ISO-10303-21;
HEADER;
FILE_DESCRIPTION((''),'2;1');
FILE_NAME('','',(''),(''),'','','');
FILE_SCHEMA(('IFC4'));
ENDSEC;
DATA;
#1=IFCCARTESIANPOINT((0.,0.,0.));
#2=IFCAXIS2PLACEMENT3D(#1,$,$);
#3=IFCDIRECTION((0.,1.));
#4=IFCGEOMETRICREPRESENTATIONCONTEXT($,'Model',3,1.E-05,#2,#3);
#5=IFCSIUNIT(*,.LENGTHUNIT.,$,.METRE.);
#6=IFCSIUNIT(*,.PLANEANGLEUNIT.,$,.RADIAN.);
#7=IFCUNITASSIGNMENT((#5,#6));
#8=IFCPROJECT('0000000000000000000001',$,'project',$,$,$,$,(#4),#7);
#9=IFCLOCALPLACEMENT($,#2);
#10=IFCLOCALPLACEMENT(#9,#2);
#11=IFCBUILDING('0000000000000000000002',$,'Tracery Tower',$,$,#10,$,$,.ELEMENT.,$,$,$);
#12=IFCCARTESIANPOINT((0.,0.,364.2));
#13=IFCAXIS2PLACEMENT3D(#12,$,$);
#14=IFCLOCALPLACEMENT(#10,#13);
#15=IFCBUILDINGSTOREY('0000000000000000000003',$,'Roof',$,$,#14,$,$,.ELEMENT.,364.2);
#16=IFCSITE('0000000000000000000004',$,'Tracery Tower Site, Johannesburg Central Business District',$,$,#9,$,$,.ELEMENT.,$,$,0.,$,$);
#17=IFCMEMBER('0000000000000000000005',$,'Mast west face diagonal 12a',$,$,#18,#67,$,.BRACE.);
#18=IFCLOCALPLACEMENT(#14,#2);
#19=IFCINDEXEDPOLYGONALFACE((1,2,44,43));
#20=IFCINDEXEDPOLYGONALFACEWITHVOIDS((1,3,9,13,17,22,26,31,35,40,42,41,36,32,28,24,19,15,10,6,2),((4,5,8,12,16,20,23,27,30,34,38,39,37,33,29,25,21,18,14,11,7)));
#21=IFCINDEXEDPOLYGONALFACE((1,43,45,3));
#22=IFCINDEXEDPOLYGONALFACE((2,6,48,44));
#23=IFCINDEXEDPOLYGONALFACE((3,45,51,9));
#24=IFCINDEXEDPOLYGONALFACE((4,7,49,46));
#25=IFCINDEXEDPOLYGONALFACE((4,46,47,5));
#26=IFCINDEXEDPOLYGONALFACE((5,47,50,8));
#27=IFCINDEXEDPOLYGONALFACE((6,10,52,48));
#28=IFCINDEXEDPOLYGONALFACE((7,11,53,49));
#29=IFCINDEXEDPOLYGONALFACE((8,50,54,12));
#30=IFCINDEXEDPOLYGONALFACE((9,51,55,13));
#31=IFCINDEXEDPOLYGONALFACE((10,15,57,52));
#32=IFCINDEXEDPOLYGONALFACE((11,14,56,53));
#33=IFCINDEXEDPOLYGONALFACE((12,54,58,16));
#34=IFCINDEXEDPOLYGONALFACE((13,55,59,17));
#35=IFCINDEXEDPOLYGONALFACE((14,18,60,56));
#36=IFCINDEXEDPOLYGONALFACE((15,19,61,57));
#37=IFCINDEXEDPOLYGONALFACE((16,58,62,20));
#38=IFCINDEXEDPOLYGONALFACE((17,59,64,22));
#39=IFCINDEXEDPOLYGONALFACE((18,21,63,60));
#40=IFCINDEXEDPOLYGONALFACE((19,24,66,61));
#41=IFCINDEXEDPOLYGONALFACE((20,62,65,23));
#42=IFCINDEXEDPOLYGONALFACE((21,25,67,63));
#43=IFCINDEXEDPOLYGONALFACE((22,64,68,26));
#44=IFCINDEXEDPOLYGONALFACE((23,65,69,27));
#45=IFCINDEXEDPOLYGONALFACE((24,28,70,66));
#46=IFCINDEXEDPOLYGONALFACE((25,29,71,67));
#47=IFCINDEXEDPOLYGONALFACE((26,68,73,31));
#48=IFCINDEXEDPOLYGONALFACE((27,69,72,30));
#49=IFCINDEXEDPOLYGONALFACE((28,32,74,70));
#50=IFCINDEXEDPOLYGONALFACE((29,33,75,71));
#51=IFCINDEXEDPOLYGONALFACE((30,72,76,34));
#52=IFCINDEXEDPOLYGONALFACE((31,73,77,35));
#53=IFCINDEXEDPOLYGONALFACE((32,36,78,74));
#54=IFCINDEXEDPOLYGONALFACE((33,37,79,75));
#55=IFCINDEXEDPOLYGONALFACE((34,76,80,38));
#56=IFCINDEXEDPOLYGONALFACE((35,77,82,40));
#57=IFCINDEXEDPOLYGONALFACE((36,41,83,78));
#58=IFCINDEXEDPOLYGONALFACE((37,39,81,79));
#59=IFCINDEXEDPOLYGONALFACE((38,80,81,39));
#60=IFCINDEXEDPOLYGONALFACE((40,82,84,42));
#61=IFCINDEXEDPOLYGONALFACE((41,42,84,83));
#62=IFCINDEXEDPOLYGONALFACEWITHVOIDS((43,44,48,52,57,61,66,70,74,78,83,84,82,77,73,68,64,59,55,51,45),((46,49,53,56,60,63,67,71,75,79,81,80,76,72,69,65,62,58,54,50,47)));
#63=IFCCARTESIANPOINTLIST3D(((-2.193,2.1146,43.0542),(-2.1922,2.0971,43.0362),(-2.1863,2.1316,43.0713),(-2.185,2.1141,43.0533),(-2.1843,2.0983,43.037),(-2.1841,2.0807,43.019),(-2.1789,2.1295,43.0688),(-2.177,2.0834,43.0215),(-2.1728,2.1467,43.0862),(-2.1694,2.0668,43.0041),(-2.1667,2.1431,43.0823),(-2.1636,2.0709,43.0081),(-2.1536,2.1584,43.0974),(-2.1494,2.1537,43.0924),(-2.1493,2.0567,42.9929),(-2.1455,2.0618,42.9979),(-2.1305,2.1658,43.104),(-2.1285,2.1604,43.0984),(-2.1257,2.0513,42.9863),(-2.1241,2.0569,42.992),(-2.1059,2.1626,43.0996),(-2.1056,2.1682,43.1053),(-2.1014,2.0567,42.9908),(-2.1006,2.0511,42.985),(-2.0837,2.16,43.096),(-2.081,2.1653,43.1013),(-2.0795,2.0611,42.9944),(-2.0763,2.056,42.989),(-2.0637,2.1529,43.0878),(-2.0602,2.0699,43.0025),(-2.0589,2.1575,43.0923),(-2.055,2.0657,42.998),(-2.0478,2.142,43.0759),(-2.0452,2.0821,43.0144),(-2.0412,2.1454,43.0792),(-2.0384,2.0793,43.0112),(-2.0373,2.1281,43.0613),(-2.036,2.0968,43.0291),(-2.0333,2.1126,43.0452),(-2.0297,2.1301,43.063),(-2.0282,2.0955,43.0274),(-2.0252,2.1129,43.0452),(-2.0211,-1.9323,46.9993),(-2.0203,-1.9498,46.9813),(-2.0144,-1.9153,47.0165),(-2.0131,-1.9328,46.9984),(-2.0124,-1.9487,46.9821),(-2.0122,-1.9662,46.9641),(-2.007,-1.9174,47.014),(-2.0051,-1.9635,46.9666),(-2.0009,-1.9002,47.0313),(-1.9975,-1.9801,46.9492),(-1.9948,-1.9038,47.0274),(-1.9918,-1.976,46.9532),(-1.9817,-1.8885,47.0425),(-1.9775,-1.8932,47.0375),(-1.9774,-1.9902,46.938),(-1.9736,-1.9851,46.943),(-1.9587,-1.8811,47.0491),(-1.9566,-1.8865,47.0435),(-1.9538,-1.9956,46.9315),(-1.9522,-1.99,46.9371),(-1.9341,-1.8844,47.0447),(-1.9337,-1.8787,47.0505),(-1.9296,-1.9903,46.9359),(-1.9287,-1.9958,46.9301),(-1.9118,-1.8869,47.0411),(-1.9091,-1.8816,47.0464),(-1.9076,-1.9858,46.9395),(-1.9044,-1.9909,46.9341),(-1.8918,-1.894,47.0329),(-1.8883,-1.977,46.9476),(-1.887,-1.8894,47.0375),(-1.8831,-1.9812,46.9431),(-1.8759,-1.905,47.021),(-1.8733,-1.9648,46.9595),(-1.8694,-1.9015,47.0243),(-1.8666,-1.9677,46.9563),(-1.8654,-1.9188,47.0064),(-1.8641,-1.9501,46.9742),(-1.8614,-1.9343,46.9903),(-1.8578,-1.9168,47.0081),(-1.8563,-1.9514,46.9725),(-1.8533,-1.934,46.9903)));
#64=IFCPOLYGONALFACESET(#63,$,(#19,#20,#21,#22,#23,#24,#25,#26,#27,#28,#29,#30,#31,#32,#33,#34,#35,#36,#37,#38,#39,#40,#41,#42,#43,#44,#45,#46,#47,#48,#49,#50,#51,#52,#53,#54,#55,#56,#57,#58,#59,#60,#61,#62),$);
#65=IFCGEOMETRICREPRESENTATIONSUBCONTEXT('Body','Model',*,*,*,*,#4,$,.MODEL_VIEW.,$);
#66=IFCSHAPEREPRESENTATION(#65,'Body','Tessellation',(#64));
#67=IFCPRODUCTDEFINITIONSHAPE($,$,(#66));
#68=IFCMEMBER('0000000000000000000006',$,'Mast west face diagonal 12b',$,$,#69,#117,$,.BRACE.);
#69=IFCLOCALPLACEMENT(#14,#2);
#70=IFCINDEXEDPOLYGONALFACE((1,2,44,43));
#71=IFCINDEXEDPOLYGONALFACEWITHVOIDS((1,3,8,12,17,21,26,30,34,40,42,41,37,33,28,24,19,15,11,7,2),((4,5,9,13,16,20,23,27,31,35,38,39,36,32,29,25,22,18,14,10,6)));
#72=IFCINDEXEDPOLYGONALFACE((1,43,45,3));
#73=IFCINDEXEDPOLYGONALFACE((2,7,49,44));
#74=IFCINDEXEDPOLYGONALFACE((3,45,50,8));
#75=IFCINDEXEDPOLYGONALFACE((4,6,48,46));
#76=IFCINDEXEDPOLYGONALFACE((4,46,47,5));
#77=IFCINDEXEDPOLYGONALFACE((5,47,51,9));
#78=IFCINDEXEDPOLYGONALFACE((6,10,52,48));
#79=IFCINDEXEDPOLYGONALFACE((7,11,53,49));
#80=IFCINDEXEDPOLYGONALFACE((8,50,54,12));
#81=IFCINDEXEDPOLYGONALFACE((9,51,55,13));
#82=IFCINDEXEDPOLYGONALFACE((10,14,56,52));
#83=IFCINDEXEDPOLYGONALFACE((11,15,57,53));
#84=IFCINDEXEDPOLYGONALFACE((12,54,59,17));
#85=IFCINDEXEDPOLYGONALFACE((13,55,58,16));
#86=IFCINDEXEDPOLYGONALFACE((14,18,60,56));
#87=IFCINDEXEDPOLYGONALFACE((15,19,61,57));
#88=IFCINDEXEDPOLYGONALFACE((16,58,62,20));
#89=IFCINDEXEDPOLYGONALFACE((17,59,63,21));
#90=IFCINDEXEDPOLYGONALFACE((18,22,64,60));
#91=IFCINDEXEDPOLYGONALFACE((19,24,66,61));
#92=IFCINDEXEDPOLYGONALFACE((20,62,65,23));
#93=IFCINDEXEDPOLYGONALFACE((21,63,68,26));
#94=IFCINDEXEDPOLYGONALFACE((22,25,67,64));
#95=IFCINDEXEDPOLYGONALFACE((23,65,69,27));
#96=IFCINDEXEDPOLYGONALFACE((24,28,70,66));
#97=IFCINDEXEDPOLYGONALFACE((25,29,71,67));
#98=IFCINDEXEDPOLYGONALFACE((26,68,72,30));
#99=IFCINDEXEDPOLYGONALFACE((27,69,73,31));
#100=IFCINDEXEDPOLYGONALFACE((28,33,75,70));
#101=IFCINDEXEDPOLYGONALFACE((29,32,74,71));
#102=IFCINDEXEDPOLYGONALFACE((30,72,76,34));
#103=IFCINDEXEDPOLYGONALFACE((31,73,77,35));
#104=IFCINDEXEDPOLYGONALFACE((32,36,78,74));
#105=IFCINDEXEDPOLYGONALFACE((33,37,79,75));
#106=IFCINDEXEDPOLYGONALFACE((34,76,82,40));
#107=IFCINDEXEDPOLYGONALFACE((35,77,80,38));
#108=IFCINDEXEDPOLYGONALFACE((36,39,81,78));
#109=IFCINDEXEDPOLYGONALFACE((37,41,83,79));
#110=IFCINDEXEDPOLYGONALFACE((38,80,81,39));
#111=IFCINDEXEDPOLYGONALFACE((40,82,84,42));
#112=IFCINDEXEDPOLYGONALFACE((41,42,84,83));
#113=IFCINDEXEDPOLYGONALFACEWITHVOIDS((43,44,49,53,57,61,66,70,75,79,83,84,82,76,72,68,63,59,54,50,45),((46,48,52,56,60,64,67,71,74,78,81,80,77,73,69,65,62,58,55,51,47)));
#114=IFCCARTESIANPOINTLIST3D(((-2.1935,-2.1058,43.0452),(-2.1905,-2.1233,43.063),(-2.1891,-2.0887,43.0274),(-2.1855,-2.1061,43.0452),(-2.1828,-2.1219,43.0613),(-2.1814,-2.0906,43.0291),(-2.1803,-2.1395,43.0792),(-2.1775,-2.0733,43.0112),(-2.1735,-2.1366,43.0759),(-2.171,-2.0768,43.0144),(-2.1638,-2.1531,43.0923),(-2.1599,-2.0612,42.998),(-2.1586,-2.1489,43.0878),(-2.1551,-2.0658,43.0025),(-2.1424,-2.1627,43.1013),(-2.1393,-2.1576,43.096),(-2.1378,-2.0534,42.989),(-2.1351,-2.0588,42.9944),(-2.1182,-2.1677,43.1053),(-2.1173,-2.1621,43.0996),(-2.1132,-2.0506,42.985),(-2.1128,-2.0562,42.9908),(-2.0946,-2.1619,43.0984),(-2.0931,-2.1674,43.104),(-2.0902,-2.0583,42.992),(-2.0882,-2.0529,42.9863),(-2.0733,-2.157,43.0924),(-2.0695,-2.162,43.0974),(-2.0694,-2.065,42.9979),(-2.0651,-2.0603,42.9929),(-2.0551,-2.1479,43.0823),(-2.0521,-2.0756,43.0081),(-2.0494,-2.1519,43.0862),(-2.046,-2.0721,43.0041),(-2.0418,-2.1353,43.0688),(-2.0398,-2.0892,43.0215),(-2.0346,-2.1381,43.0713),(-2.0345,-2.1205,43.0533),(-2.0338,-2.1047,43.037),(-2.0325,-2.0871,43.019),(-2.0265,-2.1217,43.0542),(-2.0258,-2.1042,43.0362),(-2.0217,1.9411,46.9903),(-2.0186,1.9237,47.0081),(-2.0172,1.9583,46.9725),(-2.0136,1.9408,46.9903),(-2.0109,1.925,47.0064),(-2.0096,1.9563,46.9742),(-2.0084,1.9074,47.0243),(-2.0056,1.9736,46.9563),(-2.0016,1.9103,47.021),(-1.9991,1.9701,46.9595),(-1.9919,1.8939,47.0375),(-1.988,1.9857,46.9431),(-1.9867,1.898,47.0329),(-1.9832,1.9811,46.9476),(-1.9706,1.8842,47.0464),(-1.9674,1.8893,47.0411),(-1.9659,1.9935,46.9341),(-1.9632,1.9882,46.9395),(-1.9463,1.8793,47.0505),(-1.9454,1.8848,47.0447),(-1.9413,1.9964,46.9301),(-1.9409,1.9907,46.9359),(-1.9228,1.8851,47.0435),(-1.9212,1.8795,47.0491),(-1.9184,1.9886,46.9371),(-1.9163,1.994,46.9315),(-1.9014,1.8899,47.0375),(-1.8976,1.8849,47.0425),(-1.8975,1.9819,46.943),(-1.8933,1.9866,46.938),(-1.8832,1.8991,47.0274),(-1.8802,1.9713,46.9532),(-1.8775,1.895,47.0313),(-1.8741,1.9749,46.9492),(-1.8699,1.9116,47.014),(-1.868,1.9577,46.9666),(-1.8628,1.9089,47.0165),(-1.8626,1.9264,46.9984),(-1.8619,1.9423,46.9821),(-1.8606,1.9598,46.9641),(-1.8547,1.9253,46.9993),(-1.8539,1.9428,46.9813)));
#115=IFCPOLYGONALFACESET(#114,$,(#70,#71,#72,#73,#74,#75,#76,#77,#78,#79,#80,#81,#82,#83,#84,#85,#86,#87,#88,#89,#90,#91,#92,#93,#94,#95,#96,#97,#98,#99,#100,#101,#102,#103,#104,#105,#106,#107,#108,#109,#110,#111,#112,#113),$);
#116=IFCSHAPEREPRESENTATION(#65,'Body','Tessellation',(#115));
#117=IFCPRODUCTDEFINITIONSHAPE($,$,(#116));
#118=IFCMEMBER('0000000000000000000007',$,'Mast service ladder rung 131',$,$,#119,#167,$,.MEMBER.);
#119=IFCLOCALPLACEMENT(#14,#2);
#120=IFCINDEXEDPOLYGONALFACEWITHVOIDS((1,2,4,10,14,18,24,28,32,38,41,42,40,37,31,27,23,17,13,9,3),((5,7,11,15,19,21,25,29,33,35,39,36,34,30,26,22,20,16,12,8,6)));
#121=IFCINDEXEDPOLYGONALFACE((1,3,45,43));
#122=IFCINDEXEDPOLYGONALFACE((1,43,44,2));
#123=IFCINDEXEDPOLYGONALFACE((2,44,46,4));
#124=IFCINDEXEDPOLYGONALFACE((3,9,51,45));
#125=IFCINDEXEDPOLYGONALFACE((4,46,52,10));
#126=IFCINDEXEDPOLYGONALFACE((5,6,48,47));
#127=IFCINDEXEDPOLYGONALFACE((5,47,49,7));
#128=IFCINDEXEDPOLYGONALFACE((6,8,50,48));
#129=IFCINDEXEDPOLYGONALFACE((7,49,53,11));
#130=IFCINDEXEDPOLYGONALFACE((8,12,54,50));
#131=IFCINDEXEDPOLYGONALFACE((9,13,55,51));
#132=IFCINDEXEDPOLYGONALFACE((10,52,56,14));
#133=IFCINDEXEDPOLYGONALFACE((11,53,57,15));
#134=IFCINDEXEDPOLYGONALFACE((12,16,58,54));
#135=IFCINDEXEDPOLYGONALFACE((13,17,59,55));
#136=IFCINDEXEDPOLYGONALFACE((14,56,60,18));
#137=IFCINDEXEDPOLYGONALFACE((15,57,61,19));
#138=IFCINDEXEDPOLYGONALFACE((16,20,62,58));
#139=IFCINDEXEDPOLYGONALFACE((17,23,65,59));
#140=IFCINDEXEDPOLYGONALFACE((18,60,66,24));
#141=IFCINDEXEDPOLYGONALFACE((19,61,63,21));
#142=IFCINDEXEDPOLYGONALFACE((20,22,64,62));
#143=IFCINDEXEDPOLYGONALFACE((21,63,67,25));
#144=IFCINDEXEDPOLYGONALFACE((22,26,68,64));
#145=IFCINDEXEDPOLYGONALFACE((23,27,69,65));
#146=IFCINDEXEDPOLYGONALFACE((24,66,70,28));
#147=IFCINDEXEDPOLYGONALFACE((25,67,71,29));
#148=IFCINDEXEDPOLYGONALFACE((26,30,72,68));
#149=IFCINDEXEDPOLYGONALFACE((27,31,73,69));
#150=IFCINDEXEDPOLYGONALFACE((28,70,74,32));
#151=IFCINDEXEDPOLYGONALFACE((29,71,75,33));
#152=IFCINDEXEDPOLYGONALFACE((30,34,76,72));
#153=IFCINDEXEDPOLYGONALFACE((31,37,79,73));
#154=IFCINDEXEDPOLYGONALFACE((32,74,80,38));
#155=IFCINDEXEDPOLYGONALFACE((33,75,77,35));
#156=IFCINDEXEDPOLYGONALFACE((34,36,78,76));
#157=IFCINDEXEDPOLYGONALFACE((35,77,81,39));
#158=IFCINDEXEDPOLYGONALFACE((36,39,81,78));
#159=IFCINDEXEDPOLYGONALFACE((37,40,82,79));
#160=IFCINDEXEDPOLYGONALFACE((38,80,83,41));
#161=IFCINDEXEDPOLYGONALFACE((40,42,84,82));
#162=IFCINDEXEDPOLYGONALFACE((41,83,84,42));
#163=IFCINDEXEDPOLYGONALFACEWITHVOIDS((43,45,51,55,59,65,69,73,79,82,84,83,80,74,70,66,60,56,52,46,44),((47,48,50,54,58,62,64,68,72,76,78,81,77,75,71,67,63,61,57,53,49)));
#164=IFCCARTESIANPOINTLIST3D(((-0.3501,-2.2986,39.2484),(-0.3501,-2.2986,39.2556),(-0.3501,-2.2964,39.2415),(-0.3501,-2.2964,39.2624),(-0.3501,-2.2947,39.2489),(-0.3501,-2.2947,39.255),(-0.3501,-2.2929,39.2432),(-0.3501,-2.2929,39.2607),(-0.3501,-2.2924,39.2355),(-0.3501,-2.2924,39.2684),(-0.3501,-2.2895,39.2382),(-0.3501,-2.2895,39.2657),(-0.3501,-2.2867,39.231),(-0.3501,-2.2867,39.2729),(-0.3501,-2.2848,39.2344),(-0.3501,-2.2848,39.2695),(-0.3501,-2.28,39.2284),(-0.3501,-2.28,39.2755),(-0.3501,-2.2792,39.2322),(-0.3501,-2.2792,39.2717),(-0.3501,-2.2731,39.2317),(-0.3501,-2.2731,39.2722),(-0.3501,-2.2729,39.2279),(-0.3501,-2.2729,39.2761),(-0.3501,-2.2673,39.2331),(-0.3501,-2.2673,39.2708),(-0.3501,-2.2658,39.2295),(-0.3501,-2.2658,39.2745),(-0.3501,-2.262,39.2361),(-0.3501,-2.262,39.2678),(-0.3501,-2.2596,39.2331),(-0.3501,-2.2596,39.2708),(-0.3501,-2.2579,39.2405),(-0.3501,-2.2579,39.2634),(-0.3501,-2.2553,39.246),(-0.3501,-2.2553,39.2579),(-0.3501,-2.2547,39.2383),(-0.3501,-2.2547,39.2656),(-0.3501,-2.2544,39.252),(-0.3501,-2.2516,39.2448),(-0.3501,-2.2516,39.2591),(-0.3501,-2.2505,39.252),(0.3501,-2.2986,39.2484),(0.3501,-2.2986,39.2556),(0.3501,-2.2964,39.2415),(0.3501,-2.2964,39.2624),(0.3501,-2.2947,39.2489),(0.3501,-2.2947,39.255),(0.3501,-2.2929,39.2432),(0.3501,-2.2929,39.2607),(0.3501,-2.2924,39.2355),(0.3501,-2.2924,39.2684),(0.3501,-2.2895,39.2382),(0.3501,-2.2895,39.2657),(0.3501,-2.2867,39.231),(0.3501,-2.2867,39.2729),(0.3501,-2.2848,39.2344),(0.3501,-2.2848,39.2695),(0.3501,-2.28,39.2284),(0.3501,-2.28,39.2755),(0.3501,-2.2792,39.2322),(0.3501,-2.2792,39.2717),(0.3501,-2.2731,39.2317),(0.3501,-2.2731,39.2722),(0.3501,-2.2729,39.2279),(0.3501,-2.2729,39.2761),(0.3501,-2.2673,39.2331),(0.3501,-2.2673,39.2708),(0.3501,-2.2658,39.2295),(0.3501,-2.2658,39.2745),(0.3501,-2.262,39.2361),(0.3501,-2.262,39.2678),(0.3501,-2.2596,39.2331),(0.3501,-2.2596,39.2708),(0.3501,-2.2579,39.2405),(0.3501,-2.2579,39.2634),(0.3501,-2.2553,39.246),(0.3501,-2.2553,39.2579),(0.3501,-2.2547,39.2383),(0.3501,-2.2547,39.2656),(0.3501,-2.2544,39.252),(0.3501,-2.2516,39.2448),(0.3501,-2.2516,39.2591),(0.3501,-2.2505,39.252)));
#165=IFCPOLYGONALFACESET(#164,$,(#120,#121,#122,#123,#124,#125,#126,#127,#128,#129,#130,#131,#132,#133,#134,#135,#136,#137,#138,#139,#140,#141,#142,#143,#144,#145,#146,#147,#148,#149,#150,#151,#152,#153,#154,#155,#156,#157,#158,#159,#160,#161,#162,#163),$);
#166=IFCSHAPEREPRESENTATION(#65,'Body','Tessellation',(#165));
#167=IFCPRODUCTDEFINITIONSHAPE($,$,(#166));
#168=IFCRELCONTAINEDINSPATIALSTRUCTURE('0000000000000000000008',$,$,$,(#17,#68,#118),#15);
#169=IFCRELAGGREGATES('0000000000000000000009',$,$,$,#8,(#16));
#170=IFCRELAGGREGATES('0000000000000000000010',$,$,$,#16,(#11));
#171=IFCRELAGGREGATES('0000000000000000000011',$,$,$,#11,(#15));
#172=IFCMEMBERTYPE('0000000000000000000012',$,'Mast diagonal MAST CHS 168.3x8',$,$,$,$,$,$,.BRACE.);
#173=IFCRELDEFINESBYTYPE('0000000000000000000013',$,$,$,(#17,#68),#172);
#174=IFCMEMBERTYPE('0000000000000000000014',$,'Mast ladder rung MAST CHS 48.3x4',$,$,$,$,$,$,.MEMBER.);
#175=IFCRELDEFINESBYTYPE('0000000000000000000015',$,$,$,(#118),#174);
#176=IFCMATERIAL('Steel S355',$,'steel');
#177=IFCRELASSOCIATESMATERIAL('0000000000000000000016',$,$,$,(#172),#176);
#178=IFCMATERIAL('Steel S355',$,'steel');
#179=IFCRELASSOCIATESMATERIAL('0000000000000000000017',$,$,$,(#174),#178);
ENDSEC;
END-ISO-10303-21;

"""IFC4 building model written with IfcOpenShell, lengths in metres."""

from ifc_helpers import new_model, si_unit, direction, frame, origin, origin_2d, place, context, subcontext, project, spatial, hollow_circle, extrude, material, material_profile, profile_set, type_object, element, save


model = new_model("IFC4")

# Units and contexts
model_context = context("Model", 3, precision=1e-05, world=origin(), true_north=direction((0.0, 1.0)))
body_context = subcontext(model_context, "Body", "Model", "MODEL_VIEW")
ifc_project = project(units=[si_unit("LENGTHUNIT", "METRE"), si_unit("PLANEANGLEUNIT", "RADIAN")], contexts=[model_context])

# Site, building, storey
site_placement = place(None, origin())
site = spatial("IfcSite", under=ifc_project, at=site_placement, Name="Tracery Tower Site, Johannesburg Central Business District", CompositionType="ELEMENT", RefElevation=0.0)
building_placement = place(site_placement, origin())
building = spatial("IfcBuilding", under=site, at=building_placement, Name="Tracery Tower", CompositionType="ELEMENT")
storey_placement = place(building_placement, frame((0.0, 0.0, 364.2)))
storey = spatial("IfcBuildingStorey", under=building, at=storey_placement, Name="Roof", CompositionType="ELEMENT", Elevation=364.2)

# Members
ifc_material_1 = material(Name="Steel S355", Category="steel")
ifc_material_profile_1 = material_profile(ifc_material_1, hollow_circle(Radius=0.0842, WallThickness=0.0081, at=origin_2d()), Name="CHS 168.3x8")
ifc_profile_set_1 = profile_set([ifc_material_profile_1], Name="Steel S355")
member_type_1 = type_object("IfcMemberType", Name="Mast diagonal MAST CHS 168.3x8", PredefinedType="BRACE", material=ifc_profile_set_1)
for number, where, z_axis, x_axis, name in (
    (1, (-2.1094, 2.1094, 43.0452), (0.030398, -0.715725, 0.69772), (0.999099, 0.042433, 0.0), "Mast west face diagonal 12a"),
    (2, (-2.1094, -2.1094, 43.0452), (0.030398, 0.715725, 0.69772), (-0.999099, 0.042433, 0.0), "Mast west face diagonal 12b"),
):
    element("IfcMember", number, at=place(storey_placement, frame(where, z_axis=z_axis, x_axis=x_axis)), inside=storey, type_object=member_type_1, Name=name, PredefinedType="BRACE", context=body_context, shape_type="SweptSolid", body=[
        extrude(hollow_circle(Radius=0.0842, WallThickness=0.0081, at=origin_2d()), origin(), (0.0, 0.0, 1.0), 5.6543),
    ])
ifc_material_2 = material(Name="Steel S355", Category="steel")
ifc_material_profile_2 = material_profile(ifc_material_2, hollow_circle(Radius=0.0242, WallThickness=0.0039, at=origin_2d()), Name="CHS 48.3x4")
ifc_profile_set_2 = profile_set([ifc_material_profile_2], Name="Steel S355")
member_type_2 = type_object("IfcMemberType", Name="Mast ladder rung MAST CHS 48.3x4", PredefinedType="MEMBER", material=ifc_profile_set_2)
for number, where, z_axis, x_axis, name in (
    (3, (-0.3501, -2.2747, 39.252), (1.0, 0.0, 0.0), (0.0, 1.0, 0.0), "Mast service ladder rung 131"),
):
    element("IfcMember", number, at=place(storey_placement, frame(where, z_axis=z_axis, x_axis=x_axis)), inside=storey, type_object=member_type_2, Name=name, PredefinedType="MEMBER", context=body_context, shape_type="SweptSolid", body=[
        extrude(hollow_circle(Radius=0.0242, WallThickness=0.0039, at=origin_2d()), origin(), (0.0, 0.0, 1.0), 0.7002),
    ])

save(model, "model.ifc")
